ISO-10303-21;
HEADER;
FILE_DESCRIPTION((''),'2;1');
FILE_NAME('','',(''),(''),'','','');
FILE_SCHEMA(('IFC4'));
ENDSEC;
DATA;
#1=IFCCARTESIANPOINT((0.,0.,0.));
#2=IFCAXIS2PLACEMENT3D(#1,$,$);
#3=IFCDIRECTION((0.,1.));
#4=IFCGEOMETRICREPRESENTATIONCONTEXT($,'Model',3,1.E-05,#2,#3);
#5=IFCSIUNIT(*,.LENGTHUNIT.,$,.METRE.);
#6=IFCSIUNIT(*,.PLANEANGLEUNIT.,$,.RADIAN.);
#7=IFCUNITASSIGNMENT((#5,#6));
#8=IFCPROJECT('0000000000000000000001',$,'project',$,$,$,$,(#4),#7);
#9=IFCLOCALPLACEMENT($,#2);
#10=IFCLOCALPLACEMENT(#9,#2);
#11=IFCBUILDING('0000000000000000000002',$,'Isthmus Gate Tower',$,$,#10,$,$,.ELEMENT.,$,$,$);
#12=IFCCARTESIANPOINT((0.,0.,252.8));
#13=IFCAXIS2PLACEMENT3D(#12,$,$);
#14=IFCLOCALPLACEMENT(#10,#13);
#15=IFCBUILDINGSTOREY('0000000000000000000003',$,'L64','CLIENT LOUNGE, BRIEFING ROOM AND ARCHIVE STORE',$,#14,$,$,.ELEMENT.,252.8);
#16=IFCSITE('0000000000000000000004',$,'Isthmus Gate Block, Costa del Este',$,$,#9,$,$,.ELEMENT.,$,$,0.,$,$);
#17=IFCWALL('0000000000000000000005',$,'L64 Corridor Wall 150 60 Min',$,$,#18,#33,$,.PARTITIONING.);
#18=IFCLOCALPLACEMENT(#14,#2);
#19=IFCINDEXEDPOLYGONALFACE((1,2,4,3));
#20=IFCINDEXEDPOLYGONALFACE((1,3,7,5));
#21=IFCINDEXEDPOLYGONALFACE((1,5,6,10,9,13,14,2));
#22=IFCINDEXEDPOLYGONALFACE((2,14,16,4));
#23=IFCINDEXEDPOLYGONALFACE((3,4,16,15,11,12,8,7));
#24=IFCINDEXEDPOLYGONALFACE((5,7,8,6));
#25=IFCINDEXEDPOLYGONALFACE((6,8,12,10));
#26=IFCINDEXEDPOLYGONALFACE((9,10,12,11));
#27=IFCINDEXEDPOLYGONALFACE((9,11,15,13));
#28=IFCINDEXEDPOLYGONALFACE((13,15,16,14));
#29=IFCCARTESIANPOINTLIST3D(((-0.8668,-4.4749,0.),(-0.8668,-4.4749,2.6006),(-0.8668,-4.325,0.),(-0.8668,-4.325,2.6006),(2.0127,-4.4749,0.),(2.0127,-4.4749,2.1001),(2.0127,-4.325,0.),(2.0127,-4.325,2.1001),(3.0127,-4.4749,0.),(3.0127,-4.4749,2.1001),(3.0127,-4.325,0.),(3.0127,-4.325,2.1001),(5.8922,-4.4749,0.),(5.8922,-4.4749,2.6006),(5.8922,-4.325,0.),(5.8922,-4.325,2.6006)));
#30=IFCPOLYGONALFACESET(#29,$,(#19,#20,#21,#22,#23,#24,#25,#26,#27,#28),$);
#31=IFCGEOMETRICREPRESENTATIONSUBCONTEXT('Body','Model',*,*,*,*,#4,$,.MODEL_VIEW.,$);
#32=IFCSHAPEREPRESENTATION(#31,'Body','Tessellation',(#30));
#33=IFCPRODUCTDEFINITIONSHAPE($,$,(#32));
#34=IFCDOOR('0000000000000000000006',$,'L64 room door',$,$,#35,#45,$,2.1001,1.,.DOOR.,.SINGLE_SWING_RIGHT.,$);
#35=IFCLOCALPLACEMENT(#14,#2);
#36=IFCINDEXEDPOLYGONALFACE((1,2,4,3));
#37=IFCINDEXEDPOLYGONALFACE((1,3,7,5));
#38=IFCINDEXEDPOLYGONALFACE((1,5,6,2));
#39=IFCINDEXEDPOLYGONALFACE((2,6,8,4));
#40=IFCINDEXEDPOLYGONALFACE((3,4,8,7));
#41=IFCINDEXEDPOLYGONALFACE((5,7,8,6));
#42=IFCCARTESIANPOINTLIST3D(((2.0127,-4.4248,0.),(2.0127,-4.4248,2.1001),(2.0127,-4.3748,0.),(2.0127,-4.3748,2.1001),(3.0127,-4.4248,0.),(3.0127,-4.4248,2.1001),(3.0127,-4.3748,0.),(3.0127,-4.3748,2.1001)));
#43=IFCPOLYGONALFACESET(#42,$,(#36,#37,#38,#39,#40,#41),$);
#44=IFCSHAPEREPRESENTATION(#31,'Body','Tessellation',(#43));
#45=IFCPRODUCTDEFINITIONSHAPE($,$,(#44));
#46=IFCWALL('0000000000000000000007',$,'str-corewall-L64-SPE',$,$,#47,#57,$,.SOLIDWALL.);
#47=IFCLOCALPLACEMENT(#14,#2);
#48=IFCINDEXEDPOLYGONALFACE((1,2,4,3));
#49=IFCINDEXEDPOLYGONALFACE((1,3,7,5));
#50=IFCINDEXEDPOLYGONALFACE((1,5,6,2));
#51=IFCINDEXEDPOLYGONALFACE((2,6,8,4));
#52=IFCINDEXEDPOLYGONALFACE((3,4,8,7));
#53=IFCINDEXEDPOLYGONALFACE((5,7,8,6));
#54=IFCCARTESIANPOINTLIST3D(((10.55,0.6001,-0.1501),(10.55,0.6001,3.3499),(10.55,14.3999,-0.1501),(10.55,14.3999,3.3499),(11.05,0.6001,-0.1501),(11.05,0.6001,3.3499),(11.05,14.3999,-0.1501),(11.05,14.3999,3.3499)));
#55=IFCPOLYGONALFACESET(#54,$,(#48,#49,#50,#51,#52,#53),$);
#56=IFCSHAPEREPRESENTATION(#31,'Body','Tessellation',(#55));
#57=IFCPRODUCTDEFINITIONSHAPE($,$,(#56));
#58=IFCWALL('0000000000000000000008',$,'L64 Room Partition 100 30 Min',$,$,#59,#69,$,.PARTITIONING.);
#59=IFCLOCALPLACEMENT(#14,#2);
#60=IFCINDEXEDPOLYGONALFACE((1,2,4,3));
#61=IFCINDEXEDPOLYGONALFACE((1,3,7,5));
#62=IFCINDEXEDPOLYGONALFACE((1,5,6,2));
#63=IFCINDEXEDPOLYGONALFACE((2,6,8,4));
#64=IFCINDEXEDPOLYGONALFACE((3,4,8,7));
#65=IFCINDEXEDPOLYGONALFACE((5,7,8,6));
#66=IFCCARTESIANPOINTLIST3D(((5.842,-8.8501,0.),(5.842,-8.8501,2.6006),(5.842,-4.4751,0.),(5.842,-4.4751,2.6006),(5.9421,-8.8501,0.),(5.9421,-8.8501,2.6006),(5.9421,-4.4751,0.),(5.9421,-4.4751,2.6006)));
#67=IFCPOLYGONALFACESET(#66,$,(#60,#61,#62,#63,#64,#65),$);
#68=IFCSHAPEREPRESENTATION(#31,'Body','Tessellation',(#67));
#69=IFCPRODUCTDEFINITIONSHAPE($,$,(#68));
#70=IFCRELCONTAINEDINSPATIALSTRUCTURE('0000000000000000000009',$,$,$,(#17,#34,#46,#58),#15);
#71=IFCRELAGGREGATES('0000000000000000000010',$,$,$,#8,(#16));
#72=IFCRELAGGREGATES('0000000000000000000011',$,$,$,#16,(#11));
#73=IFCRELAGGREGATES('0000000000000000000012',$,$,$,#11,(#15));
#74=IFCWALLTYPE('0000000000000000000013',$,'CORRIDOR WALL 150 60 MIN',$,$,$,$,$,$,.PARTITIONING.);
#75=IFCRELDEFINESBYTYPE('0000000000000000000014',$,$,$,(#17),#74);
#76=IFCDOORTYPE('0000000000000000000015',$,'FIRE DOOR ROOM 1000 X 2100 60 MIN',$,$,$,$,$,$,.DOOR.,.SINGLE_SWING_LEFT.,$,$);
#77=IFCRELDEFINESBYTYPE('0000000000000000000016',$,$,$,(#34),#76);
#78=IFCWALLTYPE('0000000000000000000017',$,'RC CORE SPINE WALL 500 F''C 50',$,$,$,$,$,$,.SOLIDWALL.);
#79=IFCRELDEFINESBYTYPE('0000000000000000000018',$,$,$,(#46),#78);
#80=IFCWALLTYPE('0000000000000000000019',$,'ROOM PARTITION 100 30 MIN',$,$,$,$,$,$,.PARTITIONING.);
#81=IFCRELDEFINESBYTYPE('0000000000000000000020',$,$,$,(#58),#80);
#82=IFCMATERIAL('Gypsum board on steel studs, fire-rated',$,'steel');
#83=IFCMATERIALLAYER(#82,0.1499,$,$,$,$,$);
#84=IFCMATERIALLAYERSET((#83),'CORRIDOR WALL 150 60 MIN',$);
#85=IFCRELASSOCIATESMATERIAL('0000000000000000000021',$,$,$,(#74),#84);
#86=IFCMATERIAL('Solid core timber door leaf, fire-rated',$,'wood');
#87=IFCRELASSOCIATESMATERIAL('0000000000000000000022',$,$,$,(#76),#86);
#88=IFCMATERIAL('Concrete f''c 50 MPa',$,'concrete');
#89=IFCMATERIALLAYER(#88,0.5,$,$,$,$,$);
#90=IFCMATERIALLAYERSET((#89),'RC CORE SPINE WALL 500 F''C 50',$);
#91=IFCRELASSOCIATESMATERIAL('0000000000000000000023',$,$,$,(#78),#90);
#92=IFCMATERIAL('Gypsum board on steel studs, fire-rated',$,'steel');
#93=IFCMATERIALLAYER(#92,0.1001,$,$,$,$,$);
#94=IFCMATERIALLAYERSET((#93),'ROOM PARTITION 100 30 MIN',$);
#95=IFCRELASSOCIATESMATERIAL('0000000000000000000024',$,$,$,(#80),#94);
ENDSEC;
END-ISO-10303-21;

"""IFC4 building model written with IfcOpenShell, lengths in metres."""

from ifc_helpers import new_model, si_unit, direction, frame, frame_2d, origin, place, context, subcontext, project, spatial, rectangle, extrude, material, layer, layer_set, type_object, element, fill, save


model = new_model("IFC4")

# Units and contexts
model_context = context("Model", 3, precision=1e-05, world=origin(), true_north=direction((0.0, 1.0)))
body_context = subcontext(model_context, "Body", "Model", "MODEL_VIEW")
ifc_project = project(units=[si_unit("LENGTHUNIT", "METRE"), si_unit("PLANEANGLEUNIT", "RADIAN")], contexts=[model_context])

# Site, building, storey
site_placement = place(None, origin())
site = spatial("IfcSite", under=ifc_project, at=site_placement, Name="Isthmus Gate Block, Costa del Este", CompositionType="ELEMENT", RefElevation=0.0)
building_placement = place(site_placement, origin())
building = spatial("IfcBuilding", under=site, at=building_placement, Name="Isthmus Gate Tower", CompositionType="ELEMENT")
storey_placement = place(building_placement, frame((0.0, 0.0, 252.8)))
storey = spatial("IfcBuildingStorey", under=building, at=storey_placement, Name="L64", Description="CLIENT LOUNGE, BRIEFING ROOM AND ARCHIVE STORE", CompositionType="ELEMENT", Elevation=252.8)

# Wall, opening, door
ifc_material_1 = material(Name="Gypsum board on steel studs, fire-rated", Category="steel")
ifc_layer_1 = layer(ifc_material_1, 0.1499)
ifc_layer_set_1 = layer_set([ifc_layer_1], Name="CORRIDOR WALL 150 60 MIN")
wall_type_1 = type_object("IfcWallType", Name="CORRIDOR WALL 150 60 MIN", PredefinedType="PARTITIONING", material=ifc_layer_set_1)
wall_1_placement = place(storey_placement, frame((5.8921, -4.3999, 0.0), z_axis=(0.0, 0.0, 1.0), x_axis=(-1.0, 0.0, 0.0)))
wall_1 = element("IfcWall", 1, at=wall_1_placement, inside=storey, type_object=wall_type_1, Name="L64 Corridor Wall 150 60 Min", PredefinedType="PARTITIONING", context=body_context, shape_type="SweptSolid", body=[
    extrude(rectangle(XDim=6.759, YDim=0.1499, at=frame_2d((3.3794, 0.0))), origin(), (0.0, 0.0, 1.0), 2.6006),
])
opening_placement = place(wall_1_placement, frame((2.8794, 0.0, 0.0)))
opening = element("IfcOpeningElement", 2, at=opening_placement, cuts=wall_1, PredefinedType="OPENING", context=body_context, shape_type="SweptSolid", body=[
    extrude(rectangle(XDim=1.0, YDim=2.1001, at=frame_2d((0.5, 1.05))), frame((0.0, 0.085, 0.0), z_axis=(0.0, -1.0, 0.0), x_axis=(1.0, 0.0, 0.0)), (0.0, 0.0, 1.0), 0.1699),
])
ifc_material_2 = material(Name="Solid core timber door leaf, fire-rated", Category="wood")
door_type = type_object("IfcDoorType", Name="FIRE DOOR ROOM 1000 X 2100 60 MIN", OperationType="SINGLE_SWING_LEFT", PredefinedType="DOOR", material=ifc_material_2)
door_placement = place(opening_placement, origin())
door = element("IfcDoor", 3, at=door_placement, inside=storey, type_object=door_type, Name="L64 room door", OperationType="SINGLE_SWING_RIGHT", OverallHeight=2.1001, OverallWidth=1.0, PredefinedType="DOOR", context=body_context, shape_type="SweptSolid", body=[
    extrude(rectangle(XDim=1.0, YDim=2.1001, at=frame_2d((0.5, 1.05))), frame((0.0, 0.0249, 0.0), z_axis=(0.0, -1.0, 0.0), x_axis=(1.0, 0.0, 0.0)), (0.0, 0.0, 1.0), 0.05),
])
fill(opening, door)

# Walls
ifc_material_3 = material(Name="Concrete f'c 50 MPa", Category="concrete")
ifc_layer_2 = layer(ifc_material_3, 0.5)
ifc_layer_set_2 = layer_set([ifc_layer_2], Name="RC CORE SPINE WALL 500 F'C 50")
wall_type_2 = type_object("IfcWallType", Name="RC CORE SPINE WALL 500 F'C 50", PredefinedType="SOLIDWALL", material=ifc_layer_set_2)
wall_2_placement = place(storey_placement, frame((10.8, 0.6001, -0.1501), z_axis=(0.0, 0.0, 1.0), x_axis=(0.0, 1.0, 0.0)))
element("IfcWall", 4, at=wall_2_placement, inside=storey, type_object=wall_type_2, Name="str-corewall-L64-SPE", PredefinedType="SOLIDWALL", context=body_context, shape_type="SweptSolid", body=[
    extrude(rectangle(XDim=13.7998, YDim=0.5, at=frame_2d((6.8999, 0.0))), origin(), (0.0, 0.0, 1.0), 3.5),
])
ifc_material_4 = material(Name="Gypsum board on steel studs, fire-rated", Category="steel")
ifc_layer_3 = layer(ifc_material_4, 0.1001)
ifc_layer_set_3 = layer_set([ifc_layer_3], Name="ROOM PARTITION 100 30 MIN")
wall_type_3 = type_object("IfcWallType", Name="ROOM PARTITION 100 30 MIN", PredefinedType="PARTITIONING", material=ifc_layer_set_3)
wall_3_placement = place(storey_placement, frame((5.8921, -8.8501, 0.0), z_axis=(0.0, 0.0, 1.0), x_axis=(0.0, 1.0, 0.0)))
element("IfcWall", 5, at=wall_3_placement, inside=storey, type_object=wall_type_3, Name="L64 Room Partition 100 30 Min", PredefinedType="PARTITIONING", context=body_context, shape_type="SweptSolid", body=[
    extrude(rectangle(XDim=4.375, YDim=0.1001, at=frame_2d((2.1875, 0.0))), origin(), (0.0, 0.0, 1.0), 2.6006),
])

save(model, "model.ifc")
